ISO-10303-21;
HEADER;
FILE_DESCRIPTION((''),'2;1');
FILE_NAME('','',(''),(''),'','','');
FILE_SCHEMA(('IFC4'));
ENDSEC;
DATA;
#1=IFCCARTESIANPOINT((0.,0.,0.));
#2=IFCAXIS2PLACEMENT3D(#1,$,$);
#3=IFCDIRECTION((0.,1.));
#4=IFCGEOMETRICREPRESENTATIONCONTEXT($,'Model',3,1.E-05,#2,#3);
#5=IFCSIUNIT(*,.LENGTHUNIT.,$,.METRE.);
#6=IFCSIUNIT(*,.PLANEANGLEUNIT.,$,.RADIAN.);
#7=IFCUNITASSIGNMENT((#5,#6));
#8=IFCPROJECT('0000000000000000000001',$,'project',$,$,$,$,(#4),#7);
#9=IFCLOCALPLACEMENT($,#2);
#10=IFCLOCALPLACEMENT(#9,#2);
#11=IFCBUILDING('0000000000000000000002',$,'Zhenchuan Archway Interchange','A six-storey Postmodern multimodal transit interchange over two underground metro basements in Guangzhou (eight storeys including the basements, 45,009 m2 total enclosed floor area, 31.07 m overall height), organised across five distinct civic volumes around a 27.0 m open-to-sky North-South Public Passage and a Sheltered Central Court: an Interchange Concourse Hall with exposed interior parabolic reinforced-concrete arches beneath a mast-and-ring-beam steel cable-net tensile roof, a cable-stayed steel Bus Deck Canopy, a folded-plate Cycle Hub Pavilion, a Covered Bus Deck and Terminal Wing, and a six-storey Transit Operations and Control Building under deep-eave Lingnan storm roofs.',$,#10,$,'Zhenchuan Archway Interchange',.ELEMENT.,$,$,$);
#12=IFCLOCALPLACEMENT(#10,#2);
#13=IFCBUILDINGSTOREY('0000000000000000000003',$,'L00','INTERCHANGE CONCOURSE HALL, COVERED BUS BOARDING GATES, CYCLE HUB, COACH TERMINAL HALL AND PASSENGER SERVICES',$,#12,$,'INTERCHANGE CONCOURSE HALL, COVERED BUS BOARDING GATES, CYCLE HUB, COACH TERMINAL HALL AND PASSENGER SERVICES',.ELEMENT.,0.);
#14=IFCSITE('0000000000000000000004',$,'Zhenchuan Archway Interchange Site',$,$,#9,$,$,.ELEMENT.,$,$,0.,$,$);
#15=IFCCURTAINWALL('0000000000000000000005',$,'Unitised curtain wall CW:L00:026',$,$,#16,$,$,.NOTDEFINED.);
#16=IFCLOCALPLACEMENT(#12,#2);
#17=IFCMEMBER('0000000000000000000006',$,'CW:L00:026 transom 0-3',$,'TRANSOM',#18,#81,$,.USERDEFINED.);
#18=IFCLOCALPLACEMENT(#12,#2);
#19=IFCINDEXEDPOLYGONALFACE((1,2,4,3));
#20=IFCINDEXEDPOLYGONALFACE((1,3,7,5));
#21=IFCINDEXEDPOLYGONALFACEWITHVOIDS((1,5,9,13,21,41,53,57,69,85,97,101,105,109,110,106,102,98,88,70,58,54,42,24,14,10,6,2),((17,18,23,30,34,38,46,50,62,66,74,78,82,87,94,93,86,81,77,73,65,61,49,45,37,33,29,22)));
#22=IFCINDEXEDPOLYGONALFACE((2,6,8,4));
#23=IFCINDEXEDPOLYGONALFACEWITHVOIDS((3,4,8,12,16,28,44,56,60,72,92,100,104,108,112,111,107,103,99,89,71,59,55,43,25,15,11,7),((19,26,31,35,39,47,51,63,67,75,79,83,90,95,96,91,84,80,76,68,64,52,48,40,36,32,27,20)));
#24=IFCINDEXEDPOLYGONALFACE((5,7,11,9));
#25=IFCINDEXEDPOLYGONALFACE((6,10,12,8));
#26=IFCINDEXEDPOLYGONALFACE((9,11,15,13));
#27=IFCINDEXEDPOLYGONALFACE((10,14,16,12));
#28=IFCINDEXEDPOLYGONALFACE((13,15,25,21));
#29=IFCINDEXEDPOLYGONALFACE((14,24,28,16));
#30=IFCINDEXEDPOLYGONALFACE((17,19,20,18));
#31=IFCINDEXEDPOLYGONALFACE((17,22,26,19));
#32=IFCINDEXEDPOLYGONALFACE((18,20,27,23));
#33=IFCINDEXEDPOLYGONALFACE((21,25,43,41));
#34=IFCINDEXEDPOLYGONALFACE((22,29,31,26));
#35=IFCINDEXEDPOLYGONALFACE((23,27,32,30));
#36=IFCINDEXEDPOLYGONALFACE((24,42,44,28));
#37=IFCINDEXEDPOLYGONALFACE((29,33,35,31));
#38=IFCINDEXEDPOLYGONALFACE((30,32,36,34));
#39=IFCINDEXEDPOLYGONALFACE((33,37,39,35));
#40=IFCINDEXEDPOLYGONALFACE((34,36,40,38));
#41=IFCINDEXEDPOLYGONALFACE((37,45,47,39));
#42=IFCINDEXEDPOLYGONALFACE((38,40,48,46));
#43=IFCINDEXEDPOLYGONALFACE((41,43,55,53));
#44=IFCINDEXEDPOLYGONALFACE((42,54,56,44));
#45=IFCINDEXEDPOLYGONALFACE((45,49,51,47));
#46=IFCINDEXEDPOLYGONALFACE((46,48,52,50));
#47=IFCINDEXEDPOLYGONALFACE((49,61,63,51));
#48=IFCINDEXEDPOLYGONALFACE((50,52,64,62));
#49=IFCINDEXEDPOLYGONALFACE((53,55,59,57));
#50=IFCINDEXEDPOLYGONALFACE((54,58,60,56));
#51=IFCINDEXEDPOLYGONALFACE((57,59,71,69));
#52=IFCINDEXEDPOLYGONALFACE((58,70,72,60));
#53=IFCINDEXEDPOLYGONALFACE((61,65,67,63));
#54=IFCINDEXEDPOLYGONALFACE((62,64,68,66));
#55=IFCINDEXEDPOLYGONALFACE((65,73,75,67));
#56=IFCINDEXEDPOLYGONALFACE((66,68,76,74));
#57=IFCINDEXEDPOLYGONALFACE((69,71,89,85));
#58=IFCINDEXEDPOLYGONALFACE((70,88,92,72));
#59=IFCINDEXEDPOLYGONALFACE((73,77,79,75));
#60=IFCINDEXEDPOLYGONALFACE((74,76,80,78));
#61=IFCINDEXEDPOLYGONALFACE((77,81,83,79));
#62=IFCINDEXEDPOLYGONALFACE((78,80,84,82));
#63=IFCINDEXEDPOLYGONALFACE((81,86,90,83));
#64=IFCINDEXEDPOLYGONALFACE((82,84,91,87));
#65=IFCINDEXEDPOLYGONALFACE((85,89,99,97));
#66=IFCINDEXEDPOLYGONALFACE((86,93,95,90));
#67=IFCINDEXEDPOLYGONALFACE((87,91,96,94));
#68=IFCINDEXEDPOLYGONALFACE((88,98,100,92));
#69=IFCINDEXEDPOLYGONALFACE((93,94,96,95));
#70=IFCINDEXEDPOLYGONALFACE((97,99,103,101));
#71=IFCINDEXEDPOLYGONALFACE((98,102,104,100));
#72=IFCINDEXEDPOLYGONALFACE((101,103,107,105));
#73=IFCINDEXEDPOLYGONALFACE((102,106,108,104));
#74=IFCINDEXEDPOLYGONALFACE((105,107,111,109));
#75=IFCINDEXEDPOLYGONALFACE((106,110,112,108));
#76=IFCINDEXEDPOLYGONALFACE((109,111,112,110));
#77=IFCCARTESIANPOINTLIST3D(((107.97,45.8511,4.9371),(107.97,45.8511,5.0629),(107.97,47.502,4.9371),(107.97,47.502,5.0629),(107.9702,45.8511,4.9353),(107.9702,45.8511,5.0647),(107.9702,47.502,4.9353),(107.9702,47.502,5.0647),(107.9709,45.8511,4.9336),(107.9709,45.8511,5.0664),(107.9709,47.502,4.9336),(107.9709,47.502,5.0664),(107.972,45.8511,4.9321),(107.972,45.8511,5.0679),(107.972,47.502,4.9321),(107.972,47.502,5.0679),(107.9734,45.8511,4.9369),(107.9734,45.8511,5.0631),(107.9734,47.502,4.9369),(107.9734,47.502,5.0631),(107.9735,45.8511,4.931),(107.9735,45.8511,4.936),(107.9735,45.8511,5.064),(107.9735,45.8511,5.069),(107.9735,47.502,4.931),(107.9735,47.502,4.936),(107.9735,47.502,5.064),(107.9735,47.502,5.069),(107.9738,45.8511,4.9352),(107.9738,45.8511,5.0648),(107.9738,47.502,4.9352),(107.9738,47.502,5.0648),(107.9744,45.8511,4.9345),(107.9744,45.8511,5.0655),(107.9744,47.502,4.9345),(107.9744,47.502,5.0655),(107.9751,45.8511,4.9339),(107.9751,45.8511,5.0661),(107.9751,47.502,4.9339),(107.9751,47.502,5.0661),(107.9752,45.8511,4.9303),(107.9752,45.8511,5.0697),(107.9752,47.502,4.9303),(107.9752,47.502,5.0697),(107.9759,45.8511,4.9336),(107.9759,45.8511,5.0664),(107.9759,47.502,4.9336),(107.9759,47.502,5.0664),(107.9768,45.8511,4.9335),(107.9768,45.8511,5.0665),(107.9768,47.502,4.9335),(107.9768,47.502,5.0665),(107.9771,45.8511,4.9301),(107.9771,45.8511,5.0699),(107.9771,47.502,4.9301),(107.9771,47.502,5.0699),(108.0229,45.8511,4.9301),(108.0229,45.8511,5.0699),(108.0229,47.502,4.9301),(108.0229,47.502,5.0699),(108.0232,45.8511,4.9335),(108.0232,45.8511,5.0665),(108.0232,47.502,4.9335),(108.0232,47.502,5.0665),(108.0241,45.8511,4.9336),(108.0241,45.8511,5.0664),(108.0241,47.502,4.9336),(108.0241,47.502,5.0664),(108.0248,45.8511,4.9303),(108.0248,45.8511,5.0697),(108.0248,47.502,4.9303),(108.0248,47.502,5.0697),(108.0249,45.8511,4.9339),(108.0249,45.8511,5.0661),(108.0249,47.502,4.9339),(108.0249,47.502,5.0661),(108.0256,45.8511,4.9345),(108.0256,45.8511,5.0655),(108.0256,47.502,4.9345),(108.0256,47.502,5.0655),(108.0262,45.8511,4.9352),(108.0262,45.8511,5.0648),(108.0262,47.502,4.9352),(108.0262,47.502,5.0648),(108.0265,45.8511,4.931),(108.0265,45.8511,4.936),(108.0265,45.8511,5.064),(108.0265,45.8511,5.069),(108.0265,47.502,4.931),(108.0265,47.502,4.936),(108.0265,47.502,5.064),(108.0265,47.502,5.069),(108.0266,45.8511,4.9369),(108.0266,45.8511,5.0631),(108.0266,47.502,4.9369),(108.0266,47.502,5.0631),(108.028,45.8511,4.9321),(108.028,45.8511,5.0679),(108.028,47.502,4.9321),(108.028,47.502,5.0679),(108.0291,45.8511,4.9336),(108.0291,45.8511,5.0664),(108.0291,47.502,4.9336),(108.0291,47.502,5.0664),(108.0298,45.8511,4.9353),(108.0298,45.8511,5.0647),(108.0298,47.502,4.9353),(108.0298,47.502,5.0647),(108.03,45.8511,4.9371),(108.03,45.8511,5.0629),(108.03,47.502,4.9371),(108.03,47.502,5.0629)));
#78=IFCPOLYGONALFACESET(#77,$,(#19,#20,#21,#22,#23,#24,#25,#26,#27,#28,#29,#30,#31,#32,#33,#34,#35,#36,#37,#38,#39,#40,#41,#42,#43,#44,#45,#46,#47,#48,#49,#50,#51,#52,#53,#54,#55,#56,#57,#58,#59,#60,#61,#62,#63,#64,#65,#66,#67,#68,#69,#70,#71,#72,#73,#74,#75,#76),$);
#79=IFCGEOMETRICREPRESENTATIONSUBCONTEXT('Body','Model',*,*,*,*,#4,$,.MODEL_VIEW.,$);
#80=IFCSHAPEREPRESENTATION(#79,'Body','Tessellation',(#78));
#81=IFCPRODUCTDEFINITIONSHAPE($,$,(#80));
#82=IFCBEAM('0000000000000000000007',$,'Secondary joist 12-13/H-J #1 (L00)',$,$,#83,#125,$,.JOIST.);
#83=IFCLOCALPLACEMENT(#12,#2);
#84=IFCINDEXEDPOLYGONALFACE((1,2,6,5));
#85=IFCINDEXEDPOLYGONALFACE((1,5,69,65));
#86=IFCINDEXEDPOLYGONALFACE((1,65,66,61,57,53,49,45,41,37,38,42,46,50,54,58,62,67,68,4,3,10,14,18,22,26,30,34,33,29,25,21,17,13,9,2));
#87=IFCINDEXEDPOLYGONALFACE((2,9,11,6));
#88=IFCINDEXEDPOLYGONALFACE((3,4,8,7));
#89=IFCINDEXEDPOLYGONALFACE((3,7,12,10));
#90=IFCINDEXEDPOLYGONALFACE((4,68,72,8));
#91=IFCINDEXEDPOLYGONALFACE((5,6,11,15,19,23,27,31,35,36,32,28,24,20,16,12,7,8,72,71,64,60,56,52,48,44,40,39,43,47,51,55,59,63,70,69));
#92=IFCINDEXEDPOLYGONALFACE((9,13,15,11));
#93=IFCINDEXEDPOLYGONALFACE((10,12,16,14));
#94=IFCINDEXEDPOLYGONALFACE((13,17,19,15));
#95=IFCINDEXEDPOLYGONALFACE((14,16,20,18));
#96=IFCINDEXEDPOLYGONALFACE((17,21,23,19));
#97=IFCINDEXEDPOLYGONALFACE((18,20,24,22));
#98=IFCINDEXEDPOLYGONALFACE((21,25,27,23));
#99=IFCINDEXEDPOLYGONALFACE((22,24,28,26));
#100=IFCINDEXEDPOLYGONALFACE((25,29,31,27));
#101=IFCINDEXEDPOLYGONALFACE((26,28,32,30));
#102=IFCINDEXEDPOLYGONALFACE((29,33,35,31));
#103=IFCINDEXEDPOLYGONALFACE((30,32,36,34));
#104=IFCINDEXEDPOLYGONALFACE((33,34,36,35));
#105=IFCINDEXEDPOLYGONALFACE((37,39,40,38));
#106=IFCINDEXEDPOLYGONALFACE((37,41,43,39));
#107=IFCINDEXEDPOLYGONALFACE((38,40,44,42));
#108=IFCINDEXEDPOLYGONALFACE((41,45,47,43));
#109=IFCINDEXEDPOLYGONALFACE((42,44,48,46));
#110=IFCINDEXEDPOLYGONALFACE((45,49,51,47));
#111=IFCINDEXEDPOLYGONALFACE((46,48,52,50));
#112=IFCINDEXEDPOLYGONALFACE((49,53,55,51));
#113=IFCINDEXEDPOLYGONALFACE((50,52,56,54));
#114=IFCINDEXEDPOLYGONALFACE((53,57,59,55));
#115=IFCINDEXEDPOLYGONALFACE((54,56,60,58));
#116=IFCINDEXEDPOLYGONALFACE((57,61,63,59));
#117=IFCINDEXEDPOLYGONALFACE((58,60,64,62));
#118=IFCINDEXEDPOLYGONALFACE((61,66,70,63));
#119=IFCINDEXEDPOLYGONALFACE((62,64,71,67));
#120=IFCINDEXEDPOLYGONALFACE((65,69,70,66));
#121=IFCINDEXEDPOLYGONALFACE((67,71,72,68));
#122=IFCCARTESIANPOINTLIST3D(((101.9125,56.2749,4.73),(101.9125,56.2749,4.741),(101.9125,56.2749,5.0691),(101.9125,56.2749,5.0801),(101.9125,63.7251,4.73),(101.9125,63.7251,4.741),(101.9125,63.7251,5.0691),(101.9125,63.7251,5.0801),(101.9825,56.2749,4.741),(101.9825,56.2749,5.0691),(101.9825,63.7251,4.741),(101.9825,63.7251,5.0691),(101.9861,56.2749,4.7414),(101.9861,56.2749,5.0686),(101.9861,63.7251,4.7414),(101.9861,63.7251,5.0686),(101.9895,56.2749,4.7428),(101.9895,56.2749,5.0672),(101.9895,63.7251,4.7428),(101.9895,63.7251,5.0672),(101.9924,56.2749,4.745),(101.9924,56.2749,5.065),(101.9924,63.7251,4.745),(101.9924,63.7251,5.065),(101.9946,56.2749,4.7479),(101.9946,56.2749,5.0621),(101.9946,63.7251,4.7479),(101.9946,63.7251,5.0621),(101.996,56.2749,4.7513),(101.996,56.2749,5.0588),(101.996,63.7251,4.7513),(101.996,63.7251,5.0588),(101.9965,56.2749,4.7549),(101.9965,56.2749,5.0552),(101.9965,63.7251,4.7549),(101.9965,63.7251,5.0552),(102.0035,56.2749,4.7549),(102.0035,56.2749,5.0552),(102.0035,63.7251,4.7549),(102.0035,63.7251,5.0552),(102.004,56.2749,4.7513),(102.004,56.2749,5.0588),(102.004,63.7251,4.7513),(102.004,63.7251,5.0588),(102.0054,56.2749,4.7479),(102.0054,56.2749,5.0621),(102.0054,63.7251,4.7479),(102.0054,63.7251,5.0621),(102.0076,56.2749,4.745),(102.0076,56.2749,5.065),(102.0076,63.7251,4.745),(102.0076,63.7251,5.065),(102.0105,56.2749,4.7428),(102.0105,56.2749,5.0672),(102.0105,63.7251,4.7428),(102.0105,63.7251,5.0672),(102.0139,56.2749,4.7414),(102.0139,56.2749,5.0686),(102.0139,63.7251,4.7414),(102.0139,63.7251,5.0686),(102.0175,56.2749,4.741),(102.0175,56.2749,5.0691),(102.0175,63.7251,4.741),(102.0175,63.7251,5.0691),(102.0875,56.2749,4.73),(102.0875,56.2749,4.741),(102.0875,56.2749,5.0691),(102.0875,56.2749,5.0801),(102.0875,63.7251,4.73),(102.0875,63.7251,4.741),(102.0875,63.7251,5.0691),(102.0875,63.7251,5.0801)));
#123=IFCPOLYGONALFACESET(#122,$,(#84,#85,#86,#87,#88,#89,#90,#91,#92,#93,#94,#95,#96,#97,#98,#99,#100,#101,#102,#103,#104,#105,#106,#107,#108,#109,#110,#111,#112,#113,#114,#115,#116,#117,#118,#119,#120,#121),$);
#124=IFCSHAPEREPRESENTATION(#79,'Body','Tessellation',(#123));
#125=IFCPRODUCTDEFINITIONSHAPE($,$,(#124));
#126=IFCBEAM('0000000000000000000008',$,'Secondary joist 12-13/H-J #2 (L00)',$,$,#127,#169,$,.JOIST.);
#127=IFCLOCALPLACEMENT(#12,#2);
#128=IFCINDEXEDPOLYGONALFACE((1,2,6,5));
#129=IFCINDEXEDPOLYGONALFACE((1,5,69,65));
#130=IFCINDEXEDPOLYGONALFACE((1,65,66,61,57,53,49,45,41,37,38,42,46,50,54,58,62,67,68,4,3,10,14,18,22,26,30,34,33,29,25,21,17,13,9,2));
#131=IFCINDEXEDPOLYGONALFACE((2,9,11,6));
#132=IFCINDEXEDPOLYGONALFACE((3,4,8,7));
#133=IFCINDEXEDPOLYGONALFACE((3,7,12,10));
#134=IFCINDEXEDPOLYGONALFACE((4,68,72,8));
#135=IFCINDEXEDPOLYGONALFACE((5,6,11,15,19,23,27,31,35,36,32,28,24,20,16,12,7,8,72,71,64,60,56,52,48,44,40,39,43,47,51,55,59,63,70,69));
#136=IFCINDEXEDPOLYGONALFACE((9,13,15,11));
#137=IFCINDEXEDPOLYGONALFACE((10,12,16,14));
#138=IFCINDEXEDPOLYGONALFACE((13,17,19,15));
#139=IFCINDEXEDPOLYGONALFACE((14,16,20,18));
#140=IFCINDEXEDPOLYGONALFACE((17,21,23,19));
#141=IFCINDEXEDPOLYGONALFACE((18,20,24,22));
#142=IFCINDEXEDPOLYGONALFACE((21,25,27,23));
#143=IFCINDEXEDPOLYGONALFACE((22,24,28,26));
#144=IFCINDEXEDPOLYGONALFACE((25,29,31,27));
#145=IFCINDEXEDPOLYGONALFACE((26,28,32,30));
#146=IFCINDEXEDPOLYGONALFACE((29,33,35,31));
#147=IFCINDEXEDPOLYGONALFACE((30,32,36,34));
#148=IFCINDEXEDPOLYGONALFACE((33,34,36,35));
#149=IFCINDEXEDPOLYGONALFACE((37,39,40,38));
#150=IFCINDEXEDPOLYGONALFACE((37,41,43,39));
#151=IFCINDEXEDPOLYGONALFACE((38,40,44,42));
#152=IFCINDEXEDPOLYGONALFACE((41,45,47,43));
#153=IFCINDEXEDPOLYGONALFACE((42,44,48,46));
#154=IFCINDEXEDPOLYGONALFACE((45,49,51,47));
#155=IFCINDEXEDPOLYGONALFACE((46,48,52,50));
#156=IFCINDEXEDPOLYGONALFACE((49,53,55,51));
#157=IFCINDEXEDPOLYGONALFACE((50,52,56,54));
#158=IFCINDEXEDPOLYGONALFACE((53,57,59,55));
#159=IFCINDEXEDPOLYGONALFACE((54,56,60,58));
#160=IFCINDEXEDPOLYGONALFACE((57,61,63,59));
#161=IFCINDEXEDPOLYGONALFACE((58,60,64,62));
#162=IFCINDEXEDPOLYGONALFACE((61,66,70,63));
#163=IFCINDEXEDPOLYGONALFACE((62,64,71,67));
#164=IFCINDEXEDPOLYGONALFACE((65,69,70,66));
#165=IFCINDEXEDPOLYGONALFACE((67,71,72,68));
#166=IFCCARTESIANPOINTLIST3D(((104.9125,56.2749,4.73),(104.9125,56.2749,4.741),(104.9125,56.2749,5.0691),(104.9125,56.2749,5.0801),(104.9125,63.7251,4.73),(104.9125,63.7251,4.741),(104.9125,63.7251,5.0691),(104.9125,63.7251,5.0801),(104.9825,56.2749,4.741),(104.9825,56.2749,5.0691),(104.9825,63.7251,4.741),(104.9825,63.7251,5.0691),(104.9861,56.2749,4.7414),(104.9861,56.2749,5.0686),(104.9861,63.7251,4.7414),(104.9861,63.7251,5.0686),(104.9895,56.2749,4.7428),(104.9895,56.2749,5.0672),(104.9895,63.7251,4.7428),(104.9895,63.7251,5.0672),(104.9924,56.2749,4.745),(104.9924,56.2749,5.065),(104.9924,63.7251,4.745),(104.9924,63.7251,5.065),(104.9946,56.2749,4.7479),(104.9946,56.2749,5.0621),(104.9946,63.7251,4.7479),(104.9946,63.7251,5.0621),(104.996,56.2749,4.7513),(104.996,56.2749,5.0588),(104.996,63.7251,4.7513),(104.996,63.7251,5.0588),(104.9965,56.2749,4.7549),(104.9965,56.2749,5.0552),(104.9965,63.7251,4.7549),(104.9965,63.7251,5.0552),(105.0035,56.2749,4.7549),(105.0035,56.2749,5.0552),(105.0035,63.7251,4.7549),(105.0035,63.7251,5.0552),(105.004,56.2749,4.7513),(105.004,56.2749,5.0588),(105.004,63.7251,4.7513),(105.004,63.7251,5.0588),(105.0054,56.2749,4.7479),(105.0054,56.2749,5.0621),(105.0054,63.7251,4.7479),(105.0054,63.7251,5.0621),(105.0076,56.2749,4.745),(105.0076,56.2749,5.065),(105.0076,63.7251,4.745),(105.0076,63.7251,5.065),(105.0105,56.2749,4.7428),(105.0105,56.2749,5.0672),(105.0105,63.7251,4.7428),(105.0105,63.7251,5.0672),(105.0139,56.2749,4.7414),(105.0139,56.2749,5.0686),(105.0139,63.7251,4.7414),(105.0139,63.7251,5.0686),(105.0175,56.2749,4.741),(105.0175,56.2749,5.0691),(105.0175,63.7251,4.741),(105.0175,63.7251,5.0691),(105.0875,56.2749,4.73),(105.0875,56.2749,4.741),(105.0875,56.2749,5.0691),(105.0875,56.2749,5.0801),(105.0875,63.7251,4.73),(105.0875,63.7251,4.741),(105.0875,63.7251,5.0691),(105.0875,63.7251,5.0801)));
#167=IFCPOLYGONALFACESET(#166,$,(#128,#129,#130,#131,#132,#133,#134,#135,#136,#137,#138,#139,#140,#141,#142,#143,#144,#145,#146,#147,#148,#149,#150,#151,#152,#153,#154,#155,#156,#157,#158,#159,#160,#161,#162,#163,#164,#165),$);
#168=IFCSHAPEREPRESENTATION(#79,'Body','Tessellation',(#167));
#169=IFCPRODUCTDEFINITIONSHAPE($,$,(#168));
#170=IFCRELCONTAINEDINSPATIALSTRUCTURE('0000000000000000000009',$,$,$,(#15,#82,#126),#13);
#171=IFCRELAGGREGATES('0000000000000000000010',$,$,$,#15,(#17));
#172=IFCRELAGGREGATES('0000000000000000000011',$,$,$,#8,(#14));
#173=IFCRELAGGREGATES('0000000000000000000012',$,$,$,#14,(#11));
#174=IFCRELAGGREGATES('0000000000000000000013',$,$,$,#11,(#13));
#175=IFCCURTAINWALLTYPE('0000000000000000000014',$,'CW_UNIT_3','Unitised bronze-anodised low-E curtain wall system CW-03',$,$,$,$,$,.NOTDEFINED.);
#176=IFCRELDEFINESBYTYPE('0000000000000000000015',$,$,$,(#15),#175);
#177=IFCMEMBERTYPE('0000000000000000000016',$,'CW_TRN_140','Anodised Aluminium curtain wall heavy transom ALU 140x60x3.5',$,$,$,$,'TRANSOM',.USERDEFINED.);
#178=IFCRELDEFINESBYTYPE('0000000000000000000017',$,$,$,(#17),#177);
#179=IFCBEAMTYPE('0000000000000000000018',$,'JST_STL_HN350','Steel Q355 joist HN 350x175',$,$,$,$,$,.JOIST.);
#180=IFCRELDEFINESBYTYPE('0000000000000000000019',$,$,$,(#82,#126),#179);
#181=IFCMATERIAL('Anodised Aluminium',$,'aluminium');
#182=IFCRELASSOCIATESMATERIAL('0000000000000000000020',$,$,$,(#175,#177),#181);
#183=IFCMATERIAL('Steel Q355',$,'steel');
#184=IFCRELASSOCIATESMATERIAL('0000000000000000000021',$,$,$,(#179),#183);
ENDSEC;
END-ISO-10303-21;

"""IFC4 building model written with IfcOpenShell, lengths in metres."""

from ifc_helpers import new_model, si_unit, direction, frame, origin, origin_2d, place, context, subcontext, project, spatial, hollow_rectangle, i_section, extrude, material, material_profile, profile_set, type_object, element, aggregate, save


model = new_model("IFC4")

# Units and contexts
model_context = context("Model", 3, precision=1e-05, world=origin(), true_north=direction((0.0, 1.0)))
body_context = subcontext(model_context, "Body", "Model", "MODEL_VIEW")
ifc_project = project(units=[si_unit("LENGTHUNIT", "METRE"), si_unit("PLANEANGLEUNIT", "RADIAN")], contexts=[model_context])

# Site, building, storey
site_placement = place(None, origin())
site = spatial("IfcSite", under=ifc_project, at=site_placement, Name="Zhenchuan Archway Interchange Site", CompositionType="ELEMENT", RefElevation=0.0)
building_placement = place(site_placement, origin())
building = spatial("IfcBuilding", under=site, at=building_placement, Name="Zhenchuan Archway Interchange", Description="A six-storey Postmodern multimodal transit interchange over two underground metro basements in Guangzhou (eight storeys including the basements, 45,009 m2 total enclosed floor area, 31.07 m overall height), organised across five distinct civic volumes around a 27.0 m open-to-sky North-South Public Passage and a Sheltered Central Court: an Interchange Concourse Hall with exposed interior parabolic reinforced-concrete arches beneath a mast-and-ring-beam steel cable-net tensile roof, a cable-stayed steel Bus Deck Canopy, a folded-plate Cycle Hub Pavilion, a Covered Bus Deck and Terminal Wing, and a six-storey Transit Operations and Control Building under deep-eave Lingnan storm roofs.", LongName="Zhenchuan Archway Interchange", CompositionType="ELEMENT")
storey_placement = place(building_placement, origin())
storey = spatial("IfcBuildingStorey", under=building, at=storey_placement, Name="L00", Description="INTERCHANGE CONCOURSE HALL, COVERED BUS BOARDING GATES, CYCLE HUB, COACH TERMINAL HALL AND PASSENGER SERVICES", LongName="INTERCHANGE CONCOURSE HALL, COVERED BUS BOARDING GATES, CYCLE HUB, COACH TERMINAL HALL AND PASSENGER SERVICES", CompositionType="ELEMENT", Elevation=0.0)

# Curtain wall
ifc_material_1 = material(Name="Anodised Aluminium", Category="aluminium")
curtain_wall_type_1 = type_object("IfcCurtainWallType", Name="CW_UNIT_3", Description="Unitised bronze-anodised low-E curtain wall system CW-03", PredefinedType="NOTDEFINED", material=ifc_material_1)
curtain_wall_1_placement = place(storey_placement, origin())
curtain_wall_1 = element("IfcCurtainWall", 1, at=curtain_wall_1_placement, inside=storey, type_object=curtain_wall_type_1, Name="Unitised curtain wall CW:L00:026", PredefinedType="NOTDEFINED")

# Member
ifc_material_profile_1 = material_profile(ifc_material_1, hollow_rectangle(XDim=0.0601, YDim=0.1399, WallThickness=0.0034, InnerFilletRadius=0.0034, OuterFilletRadius=0.0071, at=origin_2d()), Name="ALU 140x60x3.5")
ifc_profile_set_1 = profile_set([ifc_material_profile_1], Name="Anodised Aluminium")
member_type_1 = type_object("IfcMemberType", Name="CW_TRN_140", Description="Anodised Aluminium curtain wall heavy transom ALU 140x60x3.5", ElementType="TRANSOM", PredefinedType="USERDEFINED", material=ifc_profile_set_1)
member_1_placement = place(storey_placement, frame((108.0, 47.502, 5.0), z_axis=(0.0, -1.0, 0.0), x_axis=(1.0, 0.0, 0.0)))
member_1 = element("IfcMember", 2, at=member_1_placement, type_object=member_type_1, Name="CW:L00:026 transom 0-3", ObjectType="TRANSOM", PredefinedType="USERDEFINED", context=body_context, shape_type="SweptSolid", body=[
    extrude(hollow_rectangle(XDim=0.0601, YDim=0.1399, WallThickness=0.0034, InnerFilletRadius=0.0034, OuterFilletRadius=0.0071, at=origin_2d()), origin(), (0.0, 0.0, 1.0), 1.6509),
])

# Beams
ifc_material_2 = material(Name="Steel Q355", Category="steel")
ifc_material_profile_2 = material_profile(ifc_material_2, i_section(OverallWidth=0.175, OverallDepth=0.3501, WebThickness=0.0071, FlangeThickness=0.011, FilletRadius=0.0139, at=origin_2d()), Name="HN 350x175")
ifc_profile_set_2 = profile_set([ifc_material_profile_2], Name="Steel Q355")
beam_type_1 = type_object("IfcBeamType", Name="JST_STL_HN350", Description="Steel Q355 joist HN 350x175", PredefinedType="JOIST", material=ifc_profile_set_2)
for number, where, z_axis, x_axis, name in (
    (3, (102.0, 56.2749, 4.905), (0.0, 1.0, 0.0), (-1.0, 0.0, 0.0), "Secondary joist 12-13/H-J #1 (L00)"),
    (4, (105.0, 56.2749, 4.905), (0.0, 1.0, 0.0), (-1.0, 0.0, 0.0), "Secondary joist 12-13/H-J #2 (L00)"),
):
    element("IfcBeam", number, at=place(storey_placement, frame(where, z_axis=z_axis, x_axis=x_axis)), inside=storey, type_object=beam_type_1, Name=name, PredefinedType="JOIST", context=body_context, shape_type="SweptSolid", body=[
        extrude(i_section(OverallWidth=0.175, OverallDepth=0.3501, WebThickness=0.0071, FlangeThickness=0.011, FilletRadius=0.0139, at=origin_2d()), origin(), (0.0, 0.0, 1.0), 7.4502),
    ])

aggregate(curtain_wall_1, [member_1])

save(model, "model.ifc")
